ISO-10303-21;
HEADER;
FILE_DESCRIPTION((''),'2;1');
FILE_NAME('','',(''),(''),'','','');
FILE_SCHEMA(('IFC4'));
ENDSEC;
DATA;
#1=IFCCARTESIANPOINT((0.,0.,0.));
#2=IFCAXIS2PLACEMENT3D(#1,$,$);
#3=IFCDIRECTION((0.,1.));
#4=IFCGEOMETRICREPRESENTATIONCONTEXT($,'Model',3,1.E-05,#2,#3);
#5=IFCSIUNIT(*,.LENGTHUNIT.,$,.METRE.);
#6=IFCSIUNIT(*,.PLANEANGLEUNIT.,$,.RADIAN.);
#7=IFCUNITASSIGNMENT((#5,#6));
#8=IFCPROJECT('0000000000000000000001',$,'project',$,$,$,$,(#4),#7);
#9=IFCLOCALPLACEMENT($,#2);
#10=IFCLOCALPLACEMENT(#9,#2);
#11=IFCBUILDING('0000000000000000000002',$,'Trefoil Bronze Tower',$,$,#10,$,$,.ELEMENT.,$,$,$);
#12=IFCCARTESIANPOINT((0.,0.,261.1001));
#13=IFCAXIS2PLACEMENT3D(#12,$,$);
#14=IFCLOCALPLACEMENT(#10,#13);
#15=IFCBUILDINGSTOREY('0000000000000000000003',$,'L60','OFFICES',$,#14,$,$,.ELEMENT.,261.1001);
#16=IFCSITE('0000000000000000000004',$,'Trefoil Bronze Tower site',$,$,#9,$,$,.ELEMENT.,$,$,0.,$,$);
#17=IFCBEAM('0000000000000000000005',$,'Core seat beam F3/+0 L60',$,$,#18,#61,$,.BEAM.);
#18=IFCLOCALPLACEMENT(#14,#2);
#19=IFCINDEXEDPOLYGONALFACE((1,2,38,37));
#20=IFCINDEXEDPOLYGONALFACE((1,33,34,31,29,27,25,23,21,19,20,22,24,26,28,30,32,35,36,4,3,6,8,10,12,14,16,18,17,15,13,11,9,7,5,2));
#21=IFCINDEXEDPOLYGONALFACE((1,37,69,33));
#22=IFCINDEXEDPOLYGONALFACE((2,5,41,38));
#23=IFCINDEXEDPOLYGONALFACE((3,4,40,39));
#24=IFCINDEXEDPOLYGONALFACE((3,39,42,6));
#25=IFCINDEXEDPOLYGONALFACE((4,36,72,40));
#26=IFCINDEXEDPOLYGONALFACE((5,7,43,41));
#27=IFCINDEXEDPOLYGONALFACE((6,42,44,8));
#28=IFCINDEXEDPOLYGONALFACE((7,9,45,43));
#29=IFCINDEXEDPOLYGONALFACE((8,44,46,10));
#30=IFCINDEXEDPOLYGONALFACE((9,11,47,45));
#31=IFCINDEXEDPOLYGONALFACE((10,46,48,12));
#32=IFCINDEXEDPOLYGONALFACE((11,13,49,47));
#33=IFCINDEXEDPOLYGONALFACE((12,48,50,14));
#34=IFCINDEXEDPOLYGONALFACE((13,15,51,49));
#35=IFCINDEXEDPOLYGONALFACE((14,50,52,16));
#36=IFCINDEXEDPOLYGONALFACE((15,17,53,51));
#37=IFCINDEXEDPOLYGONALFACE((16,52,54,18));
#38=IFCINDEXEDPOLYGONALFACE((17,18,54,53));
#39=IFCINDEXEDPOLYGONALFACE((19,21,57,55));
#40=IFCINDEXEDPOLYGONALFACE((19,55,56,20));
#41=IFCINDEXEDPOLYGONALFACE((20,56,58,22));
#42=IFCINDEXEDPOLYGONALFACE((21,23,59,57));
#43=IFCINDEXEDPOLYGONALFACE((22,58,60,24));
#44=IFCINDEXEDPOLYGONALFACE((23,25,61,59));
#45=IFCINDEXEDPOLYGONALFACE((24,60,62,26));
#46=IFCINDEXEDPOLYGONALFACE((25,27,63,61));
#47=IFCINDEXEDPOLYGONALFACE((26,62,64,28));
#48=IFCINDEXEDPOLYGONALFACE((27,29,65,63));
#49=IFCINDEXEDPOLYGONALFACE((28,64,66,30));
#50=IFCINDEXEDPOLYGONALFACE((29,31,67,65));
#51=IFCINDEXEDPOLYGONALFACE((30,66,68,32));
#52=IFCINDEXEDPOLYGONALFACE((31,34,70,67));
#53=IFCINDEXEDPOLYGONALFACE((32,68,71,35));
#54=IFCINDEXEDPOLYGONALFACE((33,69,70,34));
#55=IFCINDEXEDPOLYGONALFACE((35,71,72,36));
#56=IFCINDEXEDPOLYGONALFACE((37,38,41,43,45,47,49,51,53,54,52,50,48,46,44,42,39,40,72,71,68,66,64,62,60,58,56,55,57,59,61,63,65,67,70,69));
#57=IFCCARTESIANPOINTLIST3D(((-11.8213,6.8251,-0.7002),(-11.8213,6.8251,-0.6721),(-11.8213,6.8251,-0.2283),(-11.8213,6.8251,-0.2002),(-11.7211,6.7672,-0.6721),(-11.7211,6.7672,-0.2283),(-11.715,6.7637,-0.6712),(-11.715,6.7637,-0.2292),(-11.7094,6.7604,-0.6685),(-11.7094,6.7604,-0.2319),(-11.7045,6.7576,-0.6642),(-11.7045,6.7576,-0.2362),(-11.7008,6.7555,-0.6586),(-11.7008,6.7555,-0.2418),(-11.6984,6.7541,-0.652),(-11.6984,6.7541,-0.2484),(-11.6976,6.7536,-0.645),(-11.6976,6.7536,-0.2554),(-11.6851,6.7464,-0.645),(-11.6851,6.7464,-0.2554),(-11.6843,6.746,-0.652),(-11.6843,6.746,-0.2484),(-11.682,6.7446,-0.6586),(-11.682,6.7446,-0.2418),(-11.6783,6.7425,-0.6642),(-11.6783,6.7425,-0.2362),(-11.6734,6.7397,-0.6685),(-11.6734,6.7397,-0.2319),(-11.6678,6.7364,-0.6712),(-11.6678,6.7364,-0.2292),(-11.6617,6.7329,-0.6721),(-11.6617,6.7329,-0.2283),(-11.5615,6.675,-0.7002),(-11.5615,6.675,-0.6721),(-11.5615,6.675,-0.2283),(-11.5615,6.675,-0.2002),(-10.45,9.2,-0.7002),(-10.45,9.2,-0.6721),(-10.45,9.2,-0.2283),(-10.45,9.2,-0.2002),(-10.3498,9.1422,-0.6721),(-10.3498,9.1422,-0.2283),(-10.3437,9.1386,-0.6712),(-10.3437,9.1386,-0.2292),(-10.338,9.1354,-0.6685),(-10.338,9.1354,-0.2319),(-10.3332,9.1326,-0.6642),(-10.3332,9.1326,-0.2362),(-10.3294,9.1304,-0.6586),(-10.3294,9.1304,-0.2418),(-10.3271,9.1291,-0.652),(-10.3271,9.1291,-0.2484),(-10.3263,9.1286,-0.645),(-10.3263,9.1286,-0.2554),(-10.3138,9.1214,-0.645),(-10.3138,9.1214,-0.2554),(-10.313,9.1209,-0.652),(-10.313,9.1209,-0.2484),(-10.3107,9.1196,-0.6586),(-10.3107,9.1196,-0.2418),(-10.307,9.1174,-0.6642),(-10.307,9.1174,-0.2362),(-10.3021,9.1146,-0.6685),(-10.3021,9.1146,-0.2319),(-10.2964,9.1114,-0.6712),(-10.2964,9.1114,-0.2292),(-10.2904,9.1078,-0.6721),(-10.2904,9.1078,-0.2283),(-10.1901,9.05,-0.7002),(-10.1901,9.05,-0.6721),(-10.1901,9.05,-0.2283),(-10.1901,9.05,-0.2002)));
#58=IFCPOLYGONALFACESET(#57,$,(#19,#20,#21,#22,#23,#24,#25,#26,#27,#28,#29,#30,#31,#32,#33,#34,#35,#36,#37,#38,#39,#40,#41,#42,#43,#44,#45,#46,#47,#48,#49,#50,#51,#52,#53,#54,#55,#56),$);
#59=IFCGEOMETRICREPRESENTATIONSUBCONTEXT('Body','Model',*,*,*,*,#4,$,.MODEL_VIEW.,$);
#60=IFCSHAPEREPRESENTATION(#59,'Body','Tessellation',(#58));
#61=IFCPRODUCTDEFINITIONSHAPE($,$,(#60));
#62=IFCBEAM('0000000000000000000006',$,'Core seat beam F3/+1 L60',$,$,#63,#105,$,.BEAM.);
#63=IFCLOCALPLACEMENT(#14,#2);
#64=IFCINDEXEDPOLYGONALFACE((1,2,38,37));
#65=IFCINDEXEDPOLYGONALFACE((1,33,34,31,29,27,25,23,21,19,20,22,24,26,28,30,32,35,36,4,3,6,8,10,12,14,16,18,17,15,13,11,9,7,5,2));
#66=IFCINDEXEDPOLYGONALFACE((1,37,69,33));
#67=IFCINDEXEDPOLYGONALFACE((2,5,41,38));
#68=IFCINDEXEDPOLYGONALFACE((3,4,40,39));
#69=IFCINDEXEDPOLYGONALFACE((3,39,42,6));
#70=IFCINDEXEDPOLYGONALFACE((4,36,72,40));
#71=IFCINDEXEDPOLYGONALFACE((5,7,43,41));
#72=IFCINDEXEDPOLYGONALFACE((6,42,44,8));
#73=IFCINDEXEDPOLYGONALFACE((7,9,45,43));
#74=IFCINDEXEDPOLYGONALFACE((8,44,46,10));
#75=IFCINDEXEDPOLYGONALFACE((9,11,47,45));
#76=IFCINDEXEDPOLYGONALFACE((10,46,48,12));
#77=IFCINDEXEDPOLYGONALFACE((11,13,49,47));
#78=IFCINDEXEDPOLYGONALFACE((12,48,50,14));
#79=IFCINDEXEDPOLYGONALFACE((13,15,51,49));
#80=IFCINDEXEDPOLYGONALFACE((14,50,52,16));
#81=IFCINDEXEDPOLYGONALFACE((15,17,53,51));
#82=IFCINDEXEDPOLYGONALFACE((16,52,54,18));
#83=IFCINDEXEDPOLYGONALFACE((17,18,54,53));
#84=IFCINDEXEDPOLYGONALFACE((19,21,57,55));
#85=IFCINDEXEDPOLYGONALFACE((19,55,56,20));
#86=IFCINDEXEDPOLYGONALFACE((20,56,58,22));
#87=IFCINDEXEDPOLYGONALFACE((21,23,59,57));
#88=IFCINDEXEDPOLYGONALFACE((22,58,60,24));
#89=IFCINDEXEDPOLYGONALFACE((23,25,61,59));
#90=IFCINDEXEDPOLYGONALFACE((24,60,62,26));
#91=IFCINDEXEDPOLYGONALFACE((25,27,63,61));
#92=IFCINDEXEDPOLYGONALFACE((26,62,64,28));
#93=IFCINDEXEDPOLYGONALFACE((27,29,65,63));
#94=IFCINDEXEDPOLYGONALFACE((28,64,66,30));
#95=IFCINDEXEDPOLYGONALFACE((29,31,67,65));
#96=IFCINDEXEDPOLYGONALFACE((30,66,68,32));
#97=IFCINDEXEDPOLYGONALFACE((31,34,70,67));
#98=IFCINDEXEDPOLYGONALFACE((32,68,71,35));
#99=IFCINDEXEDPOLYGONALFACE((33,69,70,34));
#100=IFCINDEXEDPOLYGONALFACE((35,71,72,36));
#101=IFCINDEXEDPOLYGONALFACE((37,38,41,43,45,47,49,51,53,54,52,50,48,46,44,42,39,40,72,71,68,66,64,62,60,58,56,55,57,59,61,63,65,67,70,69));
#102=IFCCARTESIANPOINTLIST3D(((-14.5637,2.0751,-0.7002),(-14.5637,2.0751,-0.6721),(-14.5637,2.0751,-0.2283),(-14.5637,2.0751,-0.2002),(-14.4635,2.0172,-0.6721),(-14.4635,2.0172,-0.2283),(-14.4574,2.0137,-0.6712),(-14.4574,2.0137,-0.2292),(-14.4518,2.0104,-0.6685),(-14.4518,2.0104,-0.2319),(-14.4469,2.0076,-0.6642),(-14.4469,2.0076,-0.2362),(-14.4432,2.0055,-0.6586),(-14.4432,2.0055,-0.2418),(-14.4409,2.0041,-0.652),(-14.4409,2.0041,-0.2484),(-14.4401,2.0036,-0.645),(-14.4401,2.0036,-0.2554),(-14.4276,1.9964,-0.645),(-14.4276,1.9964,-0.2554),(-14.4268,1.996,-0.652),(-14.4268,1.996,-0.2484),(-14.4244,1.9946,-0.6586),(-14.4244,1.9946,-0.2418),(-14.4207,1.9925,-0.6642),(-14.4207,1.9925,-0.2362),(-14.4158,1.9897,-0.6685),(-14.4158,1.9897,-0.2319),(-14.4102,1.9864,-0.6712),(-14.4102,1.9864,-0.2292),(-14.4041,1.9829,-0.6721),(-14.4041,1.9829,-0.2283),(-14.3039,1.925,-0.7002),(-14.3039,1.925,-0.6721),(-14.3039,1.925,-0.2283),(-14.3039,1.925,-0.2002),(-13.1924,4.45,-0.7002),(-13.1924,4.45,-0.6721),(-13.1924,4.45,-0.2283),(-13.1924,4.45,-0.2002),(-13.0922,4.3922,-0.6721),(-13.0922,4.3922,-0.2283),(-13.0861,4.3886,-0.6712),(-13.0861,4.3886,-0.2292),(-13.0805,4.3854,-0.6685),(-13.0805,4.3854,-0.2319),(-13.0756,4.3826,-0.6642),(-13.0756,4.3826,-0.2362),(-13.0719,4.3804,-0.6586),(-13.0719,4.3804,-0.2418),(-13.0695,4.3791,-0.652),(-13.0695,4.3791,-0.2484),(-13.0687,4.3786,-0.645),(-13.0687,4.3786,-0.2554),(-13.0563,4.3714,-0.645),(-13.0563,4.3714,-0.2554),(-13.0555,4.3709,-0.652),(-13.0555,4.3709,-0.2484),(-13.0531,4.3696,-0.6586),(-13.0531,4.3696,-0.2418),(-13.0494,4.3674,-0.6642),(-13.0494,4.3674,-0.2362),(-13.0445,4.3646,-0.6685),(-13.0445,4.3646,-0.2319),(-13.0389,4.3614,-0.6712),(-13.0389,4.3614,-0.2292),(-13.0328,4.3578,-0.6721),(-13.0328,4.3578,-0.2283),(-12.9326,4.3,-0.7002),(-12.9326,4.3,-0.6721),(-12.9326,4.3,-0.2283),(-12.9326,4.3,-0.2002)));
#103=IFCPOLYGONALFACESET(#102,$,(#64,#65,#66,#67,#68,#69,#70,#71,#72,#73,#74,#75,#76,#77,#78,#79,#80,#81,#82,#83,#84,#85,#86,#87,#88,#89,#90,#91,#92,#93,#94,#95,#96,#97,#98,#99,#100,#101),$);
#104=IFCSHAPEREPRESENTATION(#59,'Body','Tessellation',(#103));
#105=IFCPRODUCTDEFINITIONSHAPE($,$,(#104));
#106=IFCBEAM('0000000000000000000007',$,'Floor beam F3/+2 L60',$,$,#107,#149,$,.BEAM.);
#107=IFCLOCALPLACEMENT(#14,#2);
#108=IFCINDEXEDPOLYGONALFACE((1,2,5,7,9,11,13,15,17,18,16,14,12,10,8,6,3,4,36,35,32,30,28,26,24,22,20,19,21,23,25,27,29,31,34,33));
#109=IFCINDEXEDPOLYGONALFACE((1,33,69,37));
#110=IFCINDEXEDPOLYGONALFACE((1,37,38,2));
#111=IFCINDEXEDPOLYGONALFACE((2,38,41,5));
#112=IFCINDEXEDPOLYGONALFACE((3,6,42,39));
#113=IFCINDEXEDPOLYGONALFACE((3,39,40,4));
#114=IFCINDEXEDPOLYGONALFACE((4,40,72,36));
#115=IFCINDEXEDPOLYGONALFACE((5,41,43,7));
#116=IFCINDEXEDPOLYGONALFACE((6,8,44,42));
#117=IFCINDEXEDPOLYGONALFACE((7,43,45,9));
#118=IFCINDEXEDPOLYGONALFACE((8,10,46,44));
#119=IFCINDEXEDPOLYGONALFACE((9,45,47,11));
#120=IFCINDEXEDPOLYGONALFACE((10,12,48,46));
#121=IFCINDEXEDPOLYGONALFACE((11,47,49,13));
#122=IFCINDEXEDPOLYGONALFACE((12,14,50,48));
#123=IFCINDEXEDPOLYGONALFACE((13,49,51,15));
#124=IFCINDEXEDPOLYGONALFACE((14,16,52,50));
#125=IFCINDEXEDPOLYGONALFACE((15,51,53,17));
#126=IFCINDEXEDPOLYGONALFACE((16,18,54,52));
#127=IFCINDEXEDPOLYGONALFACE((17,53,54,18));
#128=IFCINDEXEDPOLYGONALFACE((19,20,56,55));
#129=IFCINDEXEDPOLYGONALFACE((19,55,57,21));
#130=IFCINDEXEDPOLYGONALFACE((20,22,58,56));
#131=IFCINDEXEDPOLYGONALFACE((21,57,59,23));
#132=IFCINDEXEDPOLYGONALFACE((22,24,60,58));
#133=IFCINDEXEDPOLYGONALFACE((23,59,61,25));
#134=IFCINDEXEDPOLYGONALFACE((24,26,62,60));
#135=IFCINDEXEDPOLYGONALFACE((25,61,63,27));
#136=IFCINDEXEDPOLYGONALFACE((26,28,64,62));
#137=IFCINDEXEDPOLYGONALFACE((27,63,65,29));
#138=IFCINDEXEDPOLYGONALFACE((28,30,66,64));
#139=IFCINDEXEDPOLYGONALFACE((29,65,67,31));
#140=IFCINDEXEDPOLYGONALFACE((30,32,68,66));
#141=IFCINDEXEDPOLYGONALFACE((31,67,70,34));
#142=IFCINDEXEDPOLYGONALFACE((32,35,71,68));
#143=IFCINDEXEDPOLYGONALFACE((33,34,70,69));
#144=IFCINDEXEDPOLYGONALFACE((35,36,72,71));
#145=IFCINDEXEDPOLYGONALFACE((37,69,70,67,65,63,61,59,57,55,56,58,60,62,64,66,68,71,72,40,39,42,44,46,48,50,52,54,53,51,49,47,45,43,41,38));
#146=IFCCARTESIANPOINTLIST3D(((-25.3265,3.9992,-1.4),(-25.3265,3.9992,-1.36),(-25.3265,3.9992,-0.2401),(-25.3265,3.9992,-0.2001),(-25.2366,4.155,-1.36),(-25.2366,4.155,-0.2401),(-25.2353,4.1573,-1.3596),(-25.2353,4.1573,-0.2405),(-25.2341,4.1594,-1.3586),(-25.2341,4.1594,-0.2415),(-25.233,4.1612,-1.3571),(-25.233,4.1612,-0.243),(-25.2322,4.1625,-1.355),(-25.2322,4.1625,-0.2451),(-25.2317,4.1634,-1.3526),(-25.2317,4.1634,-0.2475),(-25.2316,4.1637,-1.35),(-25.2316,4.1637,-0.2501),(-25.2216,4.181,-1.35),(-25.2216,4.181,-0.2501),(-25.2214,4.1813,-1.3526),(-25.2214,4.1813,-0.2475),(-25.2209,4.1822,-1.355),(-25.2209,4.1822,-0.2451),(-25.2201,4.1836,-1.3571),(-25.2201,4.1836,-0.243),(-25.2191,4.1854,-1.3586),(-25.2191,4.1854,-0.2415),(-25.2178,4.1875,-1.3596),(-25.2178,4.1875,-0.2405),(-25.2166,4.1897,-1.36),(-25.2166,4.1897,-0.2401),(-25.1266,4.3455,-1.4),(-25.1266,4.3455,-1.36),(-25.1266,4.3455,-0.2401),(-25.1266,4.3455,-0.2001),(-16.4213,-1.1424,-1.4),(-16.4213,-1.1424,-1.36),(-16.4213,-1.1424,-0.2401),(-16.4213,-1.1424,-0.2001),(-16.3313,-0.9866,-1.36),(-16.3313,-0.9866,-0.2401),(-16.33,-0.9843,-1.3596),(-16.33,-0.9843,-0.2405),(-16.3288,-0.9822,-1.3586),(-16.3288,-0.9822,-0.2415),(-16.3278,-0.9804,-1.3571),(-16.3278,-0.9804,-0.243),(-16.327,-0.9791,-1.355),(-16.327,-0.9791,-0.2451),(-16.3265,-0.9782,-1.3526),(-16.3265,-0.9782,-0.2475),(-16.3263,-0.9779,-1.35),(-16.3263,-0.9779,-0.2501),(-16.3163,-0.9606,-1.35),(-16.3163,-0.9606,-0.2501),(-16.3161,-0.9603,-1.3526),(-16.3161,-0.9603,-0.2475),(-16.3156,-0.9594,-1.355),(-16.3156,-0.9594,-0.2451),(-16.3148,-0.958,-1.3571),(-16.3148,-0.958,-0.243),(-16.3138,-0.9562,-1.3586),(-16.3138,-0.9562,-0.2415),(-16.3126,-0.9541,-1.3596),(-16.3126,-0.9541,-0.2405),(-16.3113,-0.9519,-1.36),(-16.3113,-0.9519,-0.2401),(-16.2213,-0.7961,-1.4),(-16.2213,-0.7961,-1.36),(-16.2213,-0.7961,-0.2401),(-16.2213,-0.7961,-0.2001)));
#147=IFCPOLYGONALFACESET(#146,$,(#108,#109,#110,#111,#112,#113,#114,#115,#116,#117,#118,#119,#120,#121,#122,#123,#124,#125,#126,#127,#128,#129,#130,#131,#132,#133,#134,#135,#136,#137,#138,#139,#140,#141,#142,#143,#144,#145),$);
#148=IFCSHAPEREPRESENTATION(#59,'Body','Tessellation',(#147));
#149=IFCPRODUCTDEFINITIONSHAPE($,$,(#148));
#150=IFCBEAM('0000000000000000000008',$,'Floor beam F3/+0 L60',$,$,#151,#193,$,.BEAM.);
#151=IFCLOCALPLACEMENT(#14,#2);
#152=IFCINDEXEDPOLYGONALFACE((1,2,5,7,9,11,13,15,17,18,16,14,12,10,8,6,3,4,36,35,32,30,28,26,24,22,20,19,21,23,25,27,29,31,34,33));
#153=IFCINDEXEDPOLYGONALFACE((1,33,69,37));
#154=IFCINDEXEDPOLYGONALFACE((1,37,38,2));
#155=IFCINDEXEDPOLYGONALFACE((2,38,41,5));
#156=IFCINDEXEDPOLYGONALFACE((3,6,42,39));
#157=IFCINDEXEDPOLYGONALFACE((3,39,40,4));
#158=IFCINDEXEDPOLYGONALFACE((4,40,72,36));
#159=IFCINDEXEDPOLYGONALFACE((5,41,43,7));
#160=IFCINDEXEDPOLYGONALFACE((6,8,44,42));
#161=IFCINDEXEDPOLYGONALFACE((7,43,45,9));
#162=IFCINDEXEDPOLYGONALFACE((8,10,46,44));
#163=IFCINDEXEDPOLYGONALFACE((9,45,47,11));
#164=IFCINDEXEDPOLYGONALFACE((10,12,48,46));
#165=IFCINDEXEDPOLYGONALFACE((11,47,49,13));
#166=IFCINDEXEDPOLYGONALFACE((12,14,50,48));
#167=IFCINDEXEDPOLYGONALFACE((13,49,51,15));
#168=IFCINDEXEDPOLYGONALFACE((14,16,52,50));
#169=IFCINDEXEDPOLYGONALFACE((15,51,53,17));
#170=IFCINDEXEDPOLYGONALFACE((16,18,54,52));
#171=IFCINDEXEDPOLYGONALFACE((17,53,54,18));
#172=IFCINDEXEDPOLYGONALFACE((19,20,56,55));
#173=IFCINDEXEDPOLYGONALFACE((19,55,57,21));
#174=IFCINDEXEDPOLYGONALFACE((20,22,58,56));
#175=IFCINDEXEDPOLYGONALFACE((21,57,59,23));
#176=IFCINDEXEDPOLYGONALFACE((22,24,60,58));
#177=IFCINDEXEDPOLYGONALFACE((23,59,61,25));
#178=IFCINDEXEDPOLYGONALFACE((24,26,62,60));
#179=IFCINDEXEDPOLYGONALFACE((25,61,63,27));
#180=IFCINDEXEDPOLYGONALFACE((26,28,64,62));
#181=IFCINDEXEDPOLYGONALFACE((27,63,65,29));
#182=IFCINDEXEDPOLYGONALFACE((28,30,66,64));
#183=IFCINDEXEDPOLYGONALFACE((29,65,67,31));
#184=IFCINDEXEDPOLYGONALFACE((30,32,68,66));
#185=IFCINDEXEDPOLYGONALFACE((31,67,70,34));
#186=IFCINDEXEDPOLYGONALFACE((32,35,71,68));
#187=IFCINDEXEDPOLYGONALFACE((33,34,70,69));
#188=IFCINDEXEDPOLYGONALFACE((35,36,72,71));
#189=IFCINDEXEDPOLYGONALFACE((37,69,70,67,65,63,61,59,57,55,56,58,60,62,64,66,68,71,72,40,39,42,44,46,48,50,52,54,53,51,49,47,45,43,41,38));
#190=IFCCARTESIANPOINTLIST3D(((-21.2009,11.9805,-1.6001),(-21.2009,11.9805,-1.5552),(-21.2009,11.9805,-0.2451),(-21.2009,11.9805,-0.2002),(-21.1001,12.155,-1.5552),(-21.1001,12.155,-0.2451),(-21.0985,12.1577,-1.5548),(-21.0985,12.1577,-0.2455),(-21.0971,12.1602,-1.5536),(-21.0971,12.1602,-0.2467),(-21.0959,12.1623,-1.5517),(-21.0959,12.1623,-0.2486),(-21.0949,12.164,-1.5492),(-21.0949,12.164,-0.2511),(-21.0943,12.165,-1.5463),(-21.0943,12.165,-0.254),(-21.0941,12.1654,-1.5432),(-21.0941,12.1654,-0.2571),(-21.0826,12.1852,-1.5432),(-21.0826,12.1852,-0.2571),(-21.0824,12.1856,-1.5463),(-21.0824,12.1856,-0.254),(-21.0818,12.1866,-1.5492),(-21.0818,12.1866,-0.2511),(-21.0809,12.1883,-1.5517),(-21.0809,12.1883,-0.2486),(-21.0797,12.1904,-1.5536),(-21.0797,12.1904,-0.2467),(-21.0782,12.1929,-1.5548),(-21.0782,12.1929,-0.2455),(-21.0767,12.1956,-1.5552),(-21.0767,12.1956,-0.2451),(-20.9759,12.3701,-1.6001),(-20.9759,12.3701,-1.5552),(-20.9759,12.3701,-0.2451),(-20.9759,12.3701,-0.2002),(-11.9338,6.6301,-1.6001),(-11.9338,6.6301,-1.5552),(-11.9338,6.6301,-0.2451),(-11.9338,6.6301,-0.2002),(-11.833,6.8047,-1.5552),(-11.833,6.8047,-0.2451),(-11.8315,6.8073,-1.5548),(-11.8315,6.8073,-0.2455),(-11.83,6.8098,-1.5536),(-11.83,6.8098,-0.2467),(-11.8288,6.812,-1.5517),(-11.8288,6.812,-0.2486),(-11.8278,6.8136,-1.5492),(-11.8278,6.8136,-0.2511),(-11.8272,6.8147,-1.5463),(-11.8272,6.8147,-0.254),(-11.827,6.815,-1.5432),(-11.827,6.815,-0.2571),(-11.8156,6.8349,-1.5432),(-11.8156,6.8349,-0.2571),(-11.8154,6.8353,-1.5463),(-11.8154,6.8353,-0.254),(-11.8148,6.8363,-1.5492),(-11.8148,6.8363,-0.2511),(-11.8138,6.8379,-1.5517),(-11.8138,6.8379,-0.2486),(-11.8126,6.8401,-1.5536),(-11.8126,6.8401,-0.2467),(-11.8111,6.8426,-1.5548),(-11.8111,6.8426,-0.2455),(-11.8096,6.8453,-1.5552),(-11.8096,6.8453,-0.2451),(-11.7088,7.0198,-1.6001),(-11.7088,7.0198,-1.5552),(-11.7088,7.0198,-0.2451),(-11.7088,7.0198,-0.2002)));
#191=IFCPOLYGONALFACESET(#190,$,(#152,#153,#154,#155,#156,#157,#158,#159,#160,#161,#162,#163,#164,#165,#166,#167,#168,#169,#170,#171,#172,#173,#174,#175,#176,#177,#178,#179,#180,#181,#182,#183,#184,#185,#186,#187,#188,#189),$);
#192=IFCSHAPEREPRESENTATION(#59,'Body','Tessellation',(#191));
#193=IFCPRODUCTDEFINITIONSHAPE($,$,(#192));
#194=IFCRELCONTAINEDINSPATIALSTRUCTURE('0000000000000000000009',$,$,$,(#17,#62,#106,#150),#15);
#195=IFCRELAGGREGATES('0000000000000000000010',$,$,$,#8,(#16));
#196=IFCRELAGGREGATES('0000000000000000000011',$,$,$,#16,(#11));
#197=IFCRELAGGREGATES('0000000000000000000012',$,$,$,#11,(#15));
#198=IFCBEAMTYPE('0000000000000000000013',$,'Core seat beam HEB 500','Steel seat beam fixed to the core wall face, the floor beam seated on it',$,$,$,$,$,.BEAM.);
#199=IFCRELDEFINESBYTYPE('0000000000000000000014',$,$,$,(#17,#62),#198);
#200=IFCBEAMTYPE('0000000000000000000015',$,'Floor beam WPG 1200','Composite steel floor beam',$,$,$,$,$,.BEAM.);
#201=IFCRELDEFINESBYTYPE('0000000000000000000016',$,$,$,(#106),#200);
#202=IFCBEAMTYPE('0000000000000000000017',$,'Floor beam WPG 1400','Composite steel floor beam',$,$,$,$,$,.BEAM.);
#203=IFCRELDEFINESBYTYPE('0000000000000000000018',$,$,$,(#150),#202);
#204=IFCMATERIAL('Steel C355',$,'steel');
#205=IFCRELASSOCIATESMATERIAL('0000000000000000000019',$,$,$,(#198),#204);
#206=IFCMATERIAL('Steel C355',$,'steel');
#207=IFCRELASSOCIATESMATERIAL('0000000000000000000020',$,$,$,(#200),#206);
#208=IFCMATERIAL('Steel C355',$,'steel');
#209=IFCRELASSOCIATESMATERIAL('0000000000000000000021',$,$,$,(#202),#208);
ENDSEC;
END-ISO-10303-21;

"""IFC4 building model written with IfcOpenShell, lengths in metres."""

from ifc_helpers import new_model, si_unit, direction, frame, origin, origin_2d, place, context, subcontext, project, spatial, i_section, extrude, material, material_profile, profile_set, type_object, element, save


model = new_model("IFC4")

# Units and contexts
model_context = context("Model", 3, precision=1e-05, world=origin(), true_north=direction((0.0, 1.0)))
body_context = subcontext(model_context, "Body", "Model", "MODEL_VIEW")
ifc_project = project(units=[si_unit("LENGTHUNIT", "METRE"), si_unit("PLANEANGLEUNIT", "RADIAN")], contexts=[model_context])

# Site, building, storey
site_placement = place(None, origin())
site = spatial("IfcSite", under=ifc_project, at=site_placement, Name="Trefoil Bronze Tower site", CompositionType="ELEMENT", RefElevation=0.0)
building_placement = place(site_placement, origin())
building = spatial("IfcBuilding", under=site, at=building_placement, Name="Trefoil Bronze Tower", CompositionType="ELEMENT")
storey_placement = place(building_placement, frame((0.0, 0.0, 261.1001)))
storey = spatial("IfcBuildingStorey", under=building, at=storey_placement, Name="L60", Description="OFFICES", CompositionType="ELEMENT", Elevation=261.1001)

# Beams
ifc_material_1 = material(Name="Steel C355", Category="steel")
ifc_material_profile_1 = material_profile(ifc_material_1, i_section(OverallWidth=0.3, OverallDepth=0.5, WebThickness=0.0144, FlangeThickness=0.0281, FilletRadius=0.0271, at=origin_2d()), Name="HEB 500")
ifc_profile_set_1 = profile_set([ifc_material_profile_1], Name="Steel C355")
beam_type_1 = type_object("IfcBeamType", Name="Core seat beam HEB 500", Description="Steel seat beam fixed to the core wall face, the floor beam seated on it", PredefinedType="BEAM", material=ifc_profile_set_1)
for number, where, z_axis, x_axis, name in (
    (1, (-10.3201, 9.125, -0.4502), (-0.500036, -0.866005, 0.0), (0.866005, -0.500036, 0.0), "Core seat beam F3/+0 L60"),
    (2, (-13.0625, 4.375, -0.4502), (-0.500036, -0.866005, 0.0), (0.866005, -0.500036, 0.0), "Core seat beam F3/+1 L60"),
):
    element("IfcBeam", number, at=place(storey_placement, frame(where, z_axis=z_axis, x_axis=x_axis)), inside=storey, type_object=beam_type_1, Name=name, PredefinedType="BEAM", context=body_context, shape_type="SweptSolid", body=[
        extrude(i_section(OverallWidth=0.3, OverallDepth=0.5, WebThickness=0.0144, FlangeThickness=0.0281, FilletRadius=0.0271, at=origin_2d()), origin(), (0.0, 0.0, 1.0), 2.7424),
    ])
ifc_material_2 = material(Name="Steel C355", Category="steel")
ifc_material_profile_2 = material_profile(ifc_material_2, i_section(OverallWidth=0.3999, OverallDepth=1.2, WebThickness=0.02, FlangeThickness=0.04, FilletRadius=0.01, at=origin_2d()), Name="WPG 1200")
ifc_profile_set_2 = profile_set([ifc_material_profile_2], Name="Steel C355")
beam_type_2 = type_object("IfcBeamType", Name="Floor beam WPG 1200", Description="Composite steel floor beam", PredefinedType="BEAM", material=ifc_profile_set_2)
beam_1_placement = place(storey_placement, frame((-25.2266, 4.1724, -0.8), z_axis=(0.86602, -0.50001, 0.0), x_axis=(0.50001, 0.86602, 0.0)))
element("IfcBeam", 3, at=beam_1_placement, inside=storey, type_object=beam_type_2, Name="Floor beam F3/+2 L60", PredefinedType="BEAM", context=body_context, shape_type="SweptSolid", body=[
    extrude(i_section(OverallWidth=0.3999, OverallDepth=1.2, WebThickness=0.02, FlangeThickness=0.04, FilletRadius=0.01, at=origin_2d()), origin(), (0.0, 0.0, 1.0), 10.283),
])
ifc_material_3 = material(Name="Steel C355", Category="steel")
ifc_material_profile_3 = material_profile(ifc_material_3, i_section(OverallWidth=0.45, OverallDepth=1.3999, WebThickness=0.0229, FlangeThickness=0.0449, FilletRadius=0.012, at=origin_2d()), Name="WPG 1400")
ifc_profile_set_3 = profile_set([ifc_material_profile_3], Name="Steel C355")
beam_type_3 = type_object("IfcBeamType", Name="Floor beam WPG 1400", Description="Composite steel floor beam", PredefinedType="BEAM", material=ifc_profile_set_3)
beam_2_placement = place(storey_placement, frame((-21.0884, 12.1753, -0.9001), z_axis=(0.866026, -0.499999, 0.0), x_axis=(0.499999, 0.866026, 0.0)))
element("IfcBeam", 4, at=beam_2_placement, inside=storey, type_object=beam_type_3, Name="Floor beam F3/+0 L60", PredefinedType="BEAM", context=body_context, shape_type="SweptSolid", body=[
    extrude(i_section(OverallWidth=0.45, OverallDepth=1.3999, WebThickness=0.0229, FlangeThickness=0.0449, FilletRadius=0.012, at=origin_2d()), origin(), (0.0, 0.0, 1.0), 10.7007),
])

save(model, "model.ifc")
